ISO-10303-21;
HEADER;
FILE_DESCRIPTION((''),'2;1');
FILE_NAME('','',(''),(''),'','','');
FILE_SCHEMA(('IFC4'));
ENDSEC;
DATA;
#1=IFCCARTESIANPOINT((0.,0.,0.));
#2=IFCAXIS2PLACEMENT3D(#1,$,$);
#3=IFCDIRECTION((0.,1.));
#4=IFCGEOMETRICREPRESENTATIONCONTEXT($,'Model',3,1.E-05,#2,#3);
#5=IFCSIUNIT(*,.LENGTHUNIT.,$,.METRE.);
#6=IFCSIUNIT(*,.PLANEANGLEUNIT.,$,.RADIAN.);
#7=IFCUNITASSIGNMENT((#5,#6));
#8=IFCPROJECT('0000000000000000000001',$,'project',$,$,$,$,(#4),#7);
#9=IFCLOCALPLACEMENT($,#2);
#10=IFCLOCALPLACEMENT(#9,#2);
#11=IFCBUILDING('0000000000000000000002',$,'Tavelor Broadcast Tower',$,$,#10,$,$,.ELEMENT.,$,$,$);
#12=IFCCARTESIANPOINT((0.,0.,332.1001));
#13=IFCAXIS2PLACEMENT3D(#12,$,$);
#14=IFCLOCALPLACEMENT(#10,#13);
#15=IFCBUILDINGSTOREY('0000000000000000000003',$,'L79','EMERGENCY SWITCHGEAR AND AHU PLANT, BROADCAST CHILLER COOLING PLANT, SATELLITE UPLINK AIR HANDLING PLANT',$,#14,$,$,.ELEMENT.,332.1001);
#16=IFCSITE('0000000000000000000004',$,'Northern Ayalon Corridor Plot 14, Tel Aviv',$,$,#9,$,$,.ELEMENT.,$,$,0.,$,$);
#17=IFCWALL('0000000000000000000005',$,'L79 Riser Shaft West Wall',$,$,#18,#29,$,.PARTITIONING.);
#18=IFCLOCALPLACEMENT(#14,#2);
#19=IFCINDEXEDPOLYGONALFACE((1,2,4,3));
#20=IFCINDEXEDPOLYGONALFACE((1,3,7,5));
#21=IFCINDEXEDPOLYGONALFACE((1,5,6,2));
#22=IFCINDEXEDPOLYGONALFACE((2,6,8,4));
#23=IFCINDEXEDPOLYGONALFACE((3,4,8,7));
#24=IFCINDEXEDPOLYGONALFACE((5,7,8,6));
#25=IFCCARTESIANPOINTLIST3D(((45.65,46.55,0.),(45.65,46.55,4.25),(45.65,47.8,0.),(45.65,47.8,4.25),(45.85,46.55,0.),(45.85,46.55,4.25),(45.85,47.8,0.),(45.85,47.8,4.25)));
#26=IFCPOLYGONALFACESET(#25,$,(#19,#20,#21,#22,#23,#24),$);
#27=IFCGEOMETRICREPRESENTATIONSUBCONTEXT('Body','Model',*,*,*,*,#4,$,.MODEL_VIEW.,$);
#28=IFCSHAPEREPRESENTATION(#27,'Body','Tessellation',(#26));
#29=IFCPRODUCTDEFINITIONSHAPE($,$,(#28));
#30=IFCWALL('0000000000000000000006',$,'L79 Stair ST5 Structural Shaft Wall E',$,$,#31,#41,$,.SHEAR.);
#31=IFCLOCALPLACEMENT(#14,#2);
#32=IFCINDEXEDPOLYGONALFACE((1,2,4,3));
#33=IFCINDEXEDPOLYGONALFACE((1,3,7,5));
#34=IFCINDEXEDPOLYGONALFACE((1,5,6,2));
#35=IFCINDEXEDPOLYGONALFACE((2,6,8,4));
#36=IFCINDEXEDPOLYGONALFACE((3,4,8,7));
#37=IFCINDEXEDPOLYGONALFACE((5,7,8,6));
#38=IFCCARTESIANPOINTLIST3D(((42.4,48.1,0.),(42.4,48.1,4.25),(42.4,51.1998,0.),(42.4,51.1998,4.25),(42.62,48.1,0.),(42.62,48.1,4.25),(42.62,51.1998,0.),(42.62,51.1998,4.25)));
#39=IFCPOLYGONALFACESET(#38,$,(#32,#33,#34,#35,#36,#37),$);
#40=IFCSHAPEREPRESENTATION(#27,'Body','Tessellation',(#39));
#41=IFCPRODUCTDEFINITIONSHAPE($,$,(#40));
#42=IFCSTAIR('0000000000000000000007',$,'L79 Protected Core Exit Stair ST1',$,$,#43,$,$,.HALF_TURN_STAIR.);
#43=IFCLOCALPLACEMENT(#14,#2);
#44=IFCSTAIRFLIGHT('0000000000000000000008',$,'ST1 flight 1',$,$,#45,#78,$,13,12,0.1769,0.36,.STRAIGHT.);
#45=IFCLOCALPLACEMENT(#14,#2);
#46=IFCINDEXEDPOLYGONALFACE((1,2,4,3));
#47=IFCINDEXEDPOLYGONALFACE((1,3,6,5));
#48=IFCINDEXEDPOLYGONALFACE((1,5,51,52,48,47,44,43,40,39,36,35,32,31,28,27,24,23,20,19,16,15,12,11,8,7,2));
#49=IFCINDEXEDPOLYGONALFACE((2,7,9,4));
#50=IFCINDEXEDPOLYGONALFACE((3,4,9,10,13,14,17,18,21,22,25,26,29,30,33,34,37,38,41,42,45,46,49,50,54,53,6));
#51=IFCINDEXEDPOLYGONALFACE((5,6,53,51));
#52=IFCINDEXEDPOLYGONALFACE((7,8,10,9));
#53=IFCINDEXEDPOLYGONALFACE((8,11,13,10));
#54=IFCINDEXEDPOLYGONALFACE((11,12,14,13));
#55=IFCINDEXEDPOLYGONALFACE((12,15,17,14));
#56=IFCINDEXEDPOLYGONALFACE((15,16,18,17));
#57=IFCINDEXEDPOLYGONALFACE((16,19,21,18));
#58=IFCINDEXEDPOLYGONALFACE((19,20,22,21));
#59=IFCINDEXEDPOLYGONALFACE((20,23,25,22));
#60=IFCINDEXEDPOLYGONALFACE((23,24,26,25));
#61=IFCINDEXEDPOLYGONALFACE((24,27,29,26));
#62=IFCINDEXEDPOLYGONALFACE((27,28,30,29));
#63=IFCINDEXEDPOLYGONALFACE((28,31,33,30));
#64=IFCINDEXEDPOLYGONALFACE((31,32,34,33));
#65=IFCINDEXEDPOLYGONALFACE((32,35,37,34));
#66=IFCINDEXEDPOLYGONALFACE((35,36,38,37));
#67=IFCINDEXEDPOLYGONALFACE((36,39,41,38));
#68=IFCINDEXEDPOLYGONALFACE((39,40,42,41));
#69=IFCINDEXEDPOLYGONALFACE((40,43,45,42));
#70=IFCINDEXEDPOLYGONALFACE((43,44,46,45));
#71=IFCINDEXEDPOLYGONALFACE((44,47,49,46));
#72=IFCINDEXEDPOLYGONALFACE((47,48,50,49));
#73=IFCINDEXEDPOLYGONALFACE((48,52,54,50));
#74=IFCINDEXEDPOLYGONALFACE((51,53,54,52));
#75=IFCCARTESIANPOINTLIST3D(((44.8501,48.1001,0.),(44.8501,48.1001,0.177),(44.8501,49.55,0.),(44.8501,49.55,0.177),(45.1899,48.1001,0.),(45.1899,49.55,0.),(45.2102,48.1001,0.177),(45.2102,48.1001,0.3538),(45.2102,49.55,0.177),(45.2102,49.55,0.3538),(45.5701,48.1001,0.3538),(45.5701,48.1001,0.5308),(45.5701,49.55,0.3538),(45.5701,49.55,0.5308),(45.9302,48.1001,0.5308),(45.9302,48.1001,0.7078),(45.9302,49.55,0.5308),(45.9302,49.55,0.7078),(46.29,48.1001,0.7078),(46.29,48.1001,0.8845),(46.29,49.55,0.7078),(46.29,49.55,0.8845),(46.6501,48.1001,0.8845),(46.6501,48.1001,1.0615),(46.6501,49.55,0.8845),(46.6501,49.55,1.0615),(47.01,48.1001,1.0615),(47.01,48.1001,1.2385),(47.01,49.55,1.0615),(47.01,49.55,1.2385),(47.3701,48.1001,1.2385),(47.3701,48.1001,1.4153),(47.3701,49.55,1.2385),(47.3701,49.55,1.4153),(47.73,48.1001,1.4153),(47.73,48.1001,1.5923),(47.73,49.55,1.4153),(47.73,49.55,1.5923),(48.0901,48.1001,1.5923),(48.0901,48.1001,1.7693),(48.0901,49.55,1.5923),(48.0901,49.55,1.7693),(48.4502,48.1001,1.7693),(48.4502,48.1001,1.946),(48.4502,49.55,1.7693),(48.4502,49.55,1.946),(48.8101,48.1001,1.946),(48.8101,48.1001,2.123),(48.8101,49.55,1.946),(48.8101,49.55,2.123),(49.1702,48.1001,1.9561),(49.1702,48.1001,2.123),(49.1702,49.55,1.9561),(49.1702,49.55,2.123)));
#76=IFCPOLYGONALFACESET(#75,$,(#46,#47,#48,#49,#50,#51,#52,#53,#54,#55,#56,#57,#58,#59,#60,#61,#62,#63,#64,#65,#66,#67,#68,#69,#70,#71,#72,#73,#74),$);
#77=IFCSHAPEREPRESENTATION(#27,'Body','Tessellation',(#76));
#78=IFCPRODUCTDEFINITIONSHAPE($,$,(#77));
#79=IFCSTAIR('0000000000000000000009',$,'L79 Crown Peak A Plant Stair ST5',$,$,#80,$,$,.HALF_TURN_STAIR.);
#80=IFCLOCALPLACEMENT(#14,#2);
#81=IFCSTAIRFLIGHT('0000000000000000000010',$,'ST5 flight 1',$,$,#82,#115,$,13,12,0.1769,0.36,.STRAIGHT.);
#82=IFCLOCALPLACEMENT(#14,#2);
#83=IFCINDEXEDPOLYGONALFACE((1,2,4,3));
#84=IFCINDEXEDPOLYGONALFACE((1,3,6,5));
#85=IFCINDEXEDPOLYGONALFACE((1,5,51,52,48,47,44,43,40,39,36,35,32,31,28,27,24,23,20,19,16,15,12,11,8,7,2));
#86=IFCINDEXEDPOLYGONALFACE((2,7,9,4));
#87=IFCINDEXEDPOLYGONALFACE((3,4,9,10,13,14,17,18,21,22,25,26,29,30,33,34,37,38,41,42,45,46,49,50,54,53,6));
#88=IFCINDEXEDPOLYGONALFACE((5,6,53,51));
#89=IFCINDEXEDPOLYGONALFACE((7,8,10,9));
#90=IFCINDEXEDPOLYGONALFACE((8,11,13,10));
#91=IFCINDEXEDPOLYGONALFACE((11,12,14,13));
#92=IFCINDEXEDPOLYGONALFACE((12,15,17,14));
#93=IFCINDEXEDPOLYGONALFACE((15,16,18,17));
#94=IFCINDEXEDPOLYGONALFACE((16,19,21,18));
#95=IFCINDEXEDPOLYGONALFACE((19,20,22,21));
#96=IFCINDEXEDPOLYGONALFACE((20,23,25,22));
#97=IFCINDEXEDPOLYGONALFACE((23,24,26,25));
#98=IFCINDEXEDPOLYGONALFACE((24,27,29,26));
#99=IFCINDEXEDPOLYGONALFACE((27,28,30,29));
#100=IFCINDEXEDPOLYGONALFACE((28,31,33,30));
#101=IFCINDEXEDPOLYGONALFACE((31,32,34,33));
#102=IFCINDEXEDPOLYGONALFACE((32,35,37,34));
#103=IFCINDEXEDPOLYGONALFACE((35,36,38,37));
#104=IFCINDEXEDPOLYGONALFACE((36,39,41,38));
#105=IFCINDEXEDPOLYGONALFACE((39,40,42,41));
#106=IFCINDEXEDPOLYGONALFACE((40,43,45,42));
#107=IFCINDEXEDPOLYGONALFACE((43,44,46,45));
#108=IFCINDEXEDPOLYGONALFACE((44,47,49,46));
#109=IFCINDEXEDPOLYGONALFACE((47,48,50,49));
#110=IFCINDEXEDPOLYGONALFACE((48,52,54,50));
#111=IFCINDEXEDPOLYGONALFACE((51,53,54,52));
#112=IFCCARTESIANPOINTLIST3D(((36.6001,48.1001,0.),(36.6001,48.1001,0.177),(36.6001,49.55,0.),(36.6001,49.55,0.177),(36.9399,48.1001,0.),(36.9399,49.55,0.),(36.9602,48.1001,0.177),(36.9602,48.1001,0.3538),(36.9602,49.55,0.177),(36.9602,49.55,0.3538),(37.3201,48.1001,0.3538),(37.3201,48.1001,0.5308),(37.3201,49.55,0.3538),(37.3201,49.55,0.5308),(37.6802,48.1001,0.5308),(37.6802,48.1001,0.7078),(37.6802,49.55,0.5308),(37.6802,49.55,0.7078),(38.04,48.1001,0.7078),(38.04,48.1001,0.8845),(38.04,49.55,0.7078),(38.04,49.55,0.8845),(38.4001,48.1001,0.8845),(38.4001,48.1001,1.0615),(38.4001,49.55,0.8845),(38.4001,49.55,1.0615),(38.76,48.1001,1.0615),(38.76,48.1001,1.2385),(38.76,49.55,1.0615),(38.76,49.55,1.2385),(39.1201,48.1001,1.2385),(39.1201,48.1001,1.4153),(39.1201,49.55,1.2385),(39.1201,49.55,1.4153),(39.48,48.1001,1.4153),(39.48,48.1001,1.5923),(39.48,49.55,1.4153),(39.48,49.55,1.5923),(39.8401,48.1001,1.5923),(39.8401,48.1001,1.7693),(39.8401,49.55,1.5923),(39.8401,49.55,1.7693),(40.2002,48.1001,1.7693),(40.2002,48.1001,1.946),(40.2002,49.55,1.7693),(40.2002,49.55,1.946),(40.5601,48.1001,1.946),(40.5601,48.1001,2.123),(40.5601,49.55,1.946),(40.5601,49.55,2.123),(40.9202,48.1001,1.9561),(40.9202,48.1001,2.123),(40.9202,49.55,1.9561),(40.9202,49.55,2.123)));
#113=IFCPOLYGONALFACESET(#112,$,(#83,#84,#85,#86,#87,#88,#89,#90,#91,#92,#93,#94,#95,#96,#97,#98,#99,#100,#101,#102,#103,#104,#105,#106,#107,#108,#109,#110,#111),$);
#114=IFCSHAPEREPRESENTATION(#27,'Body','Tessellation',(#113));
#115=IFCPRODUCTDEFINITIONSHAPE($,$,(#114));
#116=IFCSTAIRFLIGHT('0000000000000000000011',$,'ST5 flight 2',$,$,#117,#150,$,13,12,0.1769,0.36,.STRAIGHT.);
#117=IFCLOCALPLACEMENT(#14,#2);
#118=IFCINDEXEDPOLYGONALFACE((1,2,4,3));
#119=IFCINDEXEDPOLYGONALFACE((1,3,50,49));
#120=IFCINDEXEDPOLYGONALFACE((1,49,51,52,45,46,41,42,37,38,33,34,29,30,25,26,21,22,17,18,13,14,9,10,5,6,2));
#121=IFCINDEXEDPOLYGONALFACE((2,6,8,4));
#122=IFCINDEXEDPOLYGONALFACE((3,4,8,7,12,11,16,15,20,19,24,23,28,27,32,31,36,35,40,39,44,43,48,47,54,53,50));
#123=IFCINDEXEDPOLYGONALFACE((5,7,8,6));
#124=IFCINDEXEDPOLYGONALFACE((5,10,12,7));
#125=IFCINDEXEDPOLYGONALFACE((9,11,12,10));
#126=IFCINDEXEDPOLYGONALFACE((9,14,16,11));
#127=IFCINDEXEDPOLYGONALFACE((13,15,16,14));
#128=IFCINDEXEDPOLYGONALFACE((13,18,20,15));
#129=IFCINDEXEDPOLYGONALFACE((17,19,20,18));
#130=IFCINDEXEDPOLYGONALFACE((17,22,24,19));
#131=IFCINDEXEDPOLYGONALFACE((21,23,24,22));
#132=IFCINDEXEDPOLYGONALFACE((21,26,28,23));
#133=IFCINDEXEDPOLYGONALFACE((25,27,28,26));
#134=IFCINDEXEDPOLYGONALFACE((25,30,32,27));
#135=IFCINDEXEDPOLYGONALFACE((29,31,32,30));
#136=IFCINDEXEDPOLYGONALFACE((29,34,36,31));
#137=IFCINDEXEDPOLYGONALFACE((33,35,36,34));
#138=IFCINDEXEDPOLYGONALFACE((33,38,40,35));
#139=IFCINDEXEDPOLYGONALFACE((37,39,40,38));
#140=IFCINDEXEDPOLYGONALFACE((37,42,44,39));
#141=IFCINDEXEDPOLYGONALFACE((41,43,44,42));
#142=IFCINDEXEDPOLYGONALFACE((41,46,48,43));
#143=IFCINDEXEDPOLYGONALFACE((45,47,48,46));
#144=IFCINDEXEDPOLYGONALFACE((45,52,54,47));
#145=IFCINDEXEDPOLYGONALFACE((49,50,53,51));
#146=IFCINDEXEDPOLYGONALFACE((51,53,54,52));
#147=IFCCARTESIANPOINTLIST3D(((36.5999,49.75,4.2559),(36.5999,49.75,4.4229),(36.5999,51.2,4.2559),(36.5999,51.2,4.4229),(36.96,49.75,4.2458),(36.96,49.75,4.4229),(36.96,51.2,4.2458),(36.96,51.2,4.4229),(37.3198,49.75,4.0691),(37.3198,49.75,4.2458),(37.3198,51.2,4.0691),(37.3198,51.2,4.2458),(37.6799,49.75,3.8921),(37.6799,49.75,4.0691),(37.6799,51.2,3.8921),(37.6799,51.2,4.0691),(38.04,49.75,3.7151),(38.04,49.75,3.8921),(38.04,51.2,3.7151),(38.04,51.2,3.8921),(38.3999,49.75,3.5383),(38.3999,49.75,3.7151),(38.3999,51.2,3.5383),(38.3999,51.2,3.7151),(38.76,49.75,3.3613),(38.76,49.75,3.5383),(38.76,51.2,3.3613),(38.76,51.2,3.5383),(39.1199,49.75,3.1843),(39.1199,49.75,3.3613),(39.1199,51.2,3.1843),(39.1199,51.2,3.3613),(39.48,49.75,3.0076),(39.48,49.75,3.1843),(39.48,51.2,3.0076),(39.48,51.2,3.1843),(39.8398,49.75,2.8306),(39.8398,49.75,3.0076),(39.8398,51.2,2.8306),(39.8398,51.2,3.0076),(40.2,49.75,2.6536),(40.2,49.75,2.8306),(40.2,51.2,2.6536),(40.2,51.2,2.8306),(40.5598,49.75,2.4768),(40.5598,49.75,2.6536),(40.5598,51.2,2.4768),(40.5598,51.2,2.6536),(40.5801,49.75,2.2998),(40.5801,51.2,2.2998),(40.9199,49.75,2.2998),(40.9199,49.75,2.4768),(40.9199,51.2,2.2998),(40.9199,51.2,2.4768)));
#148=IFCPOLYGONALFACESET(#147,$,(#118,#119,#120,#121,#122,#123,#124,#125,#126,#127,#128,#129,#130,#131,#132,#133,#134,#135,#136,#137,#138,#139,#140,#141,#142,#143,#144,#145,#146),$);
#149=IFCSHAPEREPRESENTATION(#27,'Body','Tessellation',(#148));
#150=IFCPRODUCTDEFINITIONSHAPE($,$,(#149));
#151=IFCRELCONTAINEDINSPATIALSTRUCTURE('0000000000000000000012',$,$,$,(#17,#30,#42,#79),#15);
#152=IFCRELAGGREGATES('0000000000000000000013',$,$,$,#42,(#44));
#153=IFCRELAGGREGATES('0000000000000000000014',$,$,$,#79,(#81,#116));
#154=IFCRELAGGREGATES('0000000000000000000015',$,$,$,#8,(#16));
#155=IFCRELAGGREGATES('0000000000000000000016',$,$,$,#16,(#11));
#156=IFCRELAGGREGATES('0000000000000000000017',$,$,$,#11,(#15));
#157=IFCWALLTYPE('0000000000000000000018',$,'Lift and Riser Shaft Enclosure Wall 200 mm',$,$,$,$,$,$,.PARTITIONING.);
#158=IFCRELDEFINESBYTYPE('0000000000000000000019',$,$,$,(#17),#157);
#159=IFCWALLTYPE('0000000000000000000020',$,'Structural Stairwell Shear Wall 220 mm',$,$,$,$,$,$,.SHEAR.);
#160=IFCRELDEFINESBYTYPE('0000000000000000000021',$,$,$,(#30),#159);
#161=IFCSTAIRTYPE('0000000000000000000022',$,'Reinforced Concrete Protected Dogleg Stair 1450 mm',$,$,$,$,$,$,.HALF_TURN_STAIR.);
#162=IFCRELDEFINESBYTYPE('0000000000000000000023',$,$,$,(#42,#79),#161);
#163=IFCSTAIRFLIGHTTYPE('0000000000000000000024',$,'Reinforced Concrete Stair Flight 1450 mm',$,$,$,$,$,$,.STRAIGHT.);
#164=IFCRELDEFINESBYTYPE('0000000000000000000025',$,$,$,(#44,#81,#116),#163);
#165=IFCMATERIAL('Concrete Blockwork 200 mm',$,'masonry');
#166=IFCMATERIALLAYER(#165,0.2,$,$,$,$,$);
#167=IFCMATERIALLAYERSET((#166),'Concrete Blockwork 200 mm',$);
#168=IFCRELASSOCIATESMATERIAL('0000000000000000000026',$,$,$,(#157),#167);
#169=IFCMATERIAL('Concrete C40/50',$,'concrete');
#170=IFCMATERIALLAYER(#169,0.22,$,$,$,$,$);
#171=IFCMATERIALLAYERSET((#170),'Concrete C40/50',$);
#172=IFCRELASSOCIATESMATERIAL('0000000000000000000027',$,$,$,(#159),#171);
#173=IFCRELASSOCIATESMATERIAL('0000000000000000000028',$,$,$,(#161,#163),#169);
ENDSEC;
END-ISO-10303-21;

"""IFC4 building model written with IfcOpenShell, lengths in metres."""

from ifc_helpers import new_model, si_unit, direction, frame, frame_2d, origin, place, context, subcontext, project, spatial, polyline, rectangle, outline, extrude, material, layer, layer_set, type_object, element, aggregate, save


model = new_model("IFC4")

# Units and contexts
model_context = context("Model", 3, precision=1e-05, world=origin(), true_north=direction((0.0, 1.0)))
body_context = subcontext(model_context, "Body", "Model", "MODEL_VIEW")
ifc_project = project(units=[si_unit("LENGTHUNIT", "METRE"), si_unit("PLANEANGLEUNIT", "RADIAN")], contexts=[model_context])

# Site, building, storey
site_placement = place(None, origin())
site = spatial("IfcSite", under=ifc_project, at=site_placement, Name="Northern Ayalon Corridor Plot 14, Tel Aviv", CompositionType="ELEMENT", RefElevation=0.0)
building_placement = place(site_placement, origin())
building = spatial("IfcBuilding", under=site, at=building_placement, Name="Tavelor Broadcast Tower", CompositionType="ELEMENT")
storey_placement = place(building_placement, frame((0.0, 0.0, 332.1001)))
storey = spatial("IfcBuildingStorey", under=building, at=storey_placement, Name="L79", Description="EMERGENCY SWITCHGEAR AND AHU PLANT, BROADCAST CHILLER COOLING PLANT, SATELLITE UPLINK AIR HANDLING PLANT", CompositionType="ELEMENT", Elevation=332.1001)

# Shared definitions
ifc_material_1 = material(Name="Concrete C40/50", Category="concrete")

# Walls
ifc_material_2 = material(Name="Concrete Blockwork 200 mm", Category="masonry")
ifc_layer_1 = layer(ifc_material_2, 0.2)
ifc_layer_set_1 = layer_set([ifc_layer_1], Name="Concrete Blockwork 200 mm")
wall_type_1 = type_object("IfcWallType", Name="Lift and Riser Shaft Enclosure Wall 200 mm", PredefinedType="PARTITIONING", material=ifc_layer_set_1)
wall_1_placement = place(storey_placement, frame((45.75, 46.55, 0.0), z_axis=(0.0, 0.0, 1.0), x_axis=(0.0, 1.0, 0.0)))
element("IfcWall", 1, at=wall_1_placement, inside=storey, type_object=wall_type_1, Name="L79 Riser Shaft West Wall", PredefinedType="PARTITIONING", context=body_context, shape_type="SweptSolid", body=[
    extrude(rectangle(XDim=1.25, YDim=0.2, at=frame_2d((0.625, 0.0))), origin(), (0.0, 0.0, 1.0), 4.25),
])
ifc_layer_2 = layer(ifc_material_1, 0.22)
ifc_layer_set_2 = layer_set([ifc_layer_2], Name="Concrete C40/50")
wall_type_2 = type_object("IfcWallType", Name="Structural Stairwell Shear Wall 220 mm", PredefinedType="SHEAR", material=ifc_layer_set_2)
wall_2_placement = place(storey_placement, frame((42.51, 48.1001, 0.0), z_axis=(0.0, 0.0, 1.0), x_axis=(0.0, 1.0, 0.0)))
element("IfcWall", 2, at=wall_2_placement, inside=storey, type_object=wall_type_2, Name="L79 Stair ST5 Structural Shaft Wall E", PredefinedType="SHEAR", context=body_context, shape_type="SweptSolid", body=[
    extrude(rectangle(XDim=3.0999, YDim=0.22, at=frame_2d((1.5498, 0.0))), origin(), (0.0, 0.0, 1.0), 4.25),
])

# Stair, stair flight
stair_type = type_object("IfcStairType", Name="Reinforced Concrete Protected Dogleg Stair 1450 mm", PredefinedType="HALF_TURN_STAIR", material=ifc_material_1)
stair_1_placement = place(storey_placement, origin())
stair_1 = element("IfcStair", 3, at=stair_1_placement, inside=storey, type_object=stair_type, Name="L79 Protected Core Exit Stair ST1", PredefinedType="HALF_TURN_STAIR")
stair_flight_type = type_object("IfcStairFlightType", Name="Reinforced Concrete Stair Flight 1450 mm", PredefinedType="STRAIGHT", material=ifc_material_1)
stair_flight_1_placement = place(storey_placement, frame((44.8501, 48.825, 0.0), z_axis=(0.0, 0.0, 1.0), x_axis=(1.0, 0.0, 0.0)))
stair_flight_1 = element("IfcStairFlight", 4, at=stair_flight_1_placement, type_object=stair_flight_type, Name="ST1 flight 1", NumberOfRisers=13, NumberOfTreads=12, PredefinedType="STRAIGHT", RiserHeight=0.1769, TreadLength=0.36, context=body_context, shape_type="SweptSolid", body=[
    extrude(outline(polyline([(0.0, 0.0), (0.0, 0.177), (0.3601, 0.177), (0.3601, 0.3538), (0.72, 0.3538), (0.72, 0.5308), (1.0801, 0.5308), (1.0801, 0.7078), (1.4399, 0.7078), (1.4399, 0.8845), (1.8, 0.8845), (1.8, 1.0615), (2.1599, 1.0615), (2.1599, 1.2385), (2.52, 1.2385), (2.52, 1.4153), (2.8799, 1.4153), (2.8799, 1.5923), (3.24, 1.5923), (3.24, 1.7693), (3.6001, 1.7693), (3.6001, 1.946), (3.96, 1.946), (3.96, 2.123), (4.3201, 2.123), (4.3201, 2.3), (4.3201, 1.9561), (0.3398, 0.0), (0.0, 0.0)])), frame((0.0, 0.7251, 0.0), z_axis=(0.0, -1.0, 0.0), x_axis=(1.0, 0.0, 0.0)), (0.0, 0.0, 1.0), 1.45),
])
aggregate(stair_1, [stair_flight_1])

# Stair, stair flights
stair_2_placement = place(storey_placement, origin())
stair_2 = element("IfcStair", 5, at=stair_2_placement, inside=storey, type_object=stair_type, Name="L79 Crown Peak A Plant Stair ST5", PredefinedType="HALF_TURN_STAIR")
stair_flight_2_placement = place(storey_placement, frame((36.6001, 48.825, 0.0), z_axis=(0.0, 0.0, 1.0), x_axis=(1.0, 0.0, 0.0)))
stair_flight_2 = element("IfcStairFlight", 6, at=stair_flight_2_placement, type_object=stair_flight_type, Name="ST5 flight 1", NumberOfRisers=13, NumberOfTreads=12, PredefinedType="STRAIGHT", RiserHeight=0.1769, TreadLength=0.36, context=body_context, shape_type="SweptSolid", body=[
    extrude(outline(polyline([(0.0, 0.0), (0.0, 0.177), (0.3601, 0.177), (0.3601, 0.3538), (0.72, 0.3538), (0.72, 0.5308), (1.0801, 0.5308), (1.0801, 0.7078), (1.4399, 0.7078), (1.4399, 0.8845), (1.8, 0.8845), (1.8, 1.0615), (2.1599, 1.0615), (2.1599, 1.2385), (2.52, 1.2385), (2.52, 1.4153), (2.8799, 1.4153), (2.8799, 1.5923), (3.24, 1.5923), (3.24, 1.7693), (3.6001, 1.7693), (3.6001, 1.946), (3.96, 1.946), (3.96, 2.123), (4.3201, 2.123), (4.3201, 2.3), (4.3201, 1.9561), (0.3398, 0.0), (0.0, 0.0)])), frame((0.0, 0.7251, 0.0), z_axis=(0.0, -1.0, 0.0), x_axis=(1.0, 0.0, 0.0)), (0.0, 0.0, 1.0), 1.45),
])
stair_flight_3_placement = place(storey_placement, frame((40.9199, 50.4751, 2.2998), z_axis=(0.0, 0.0, 1.0), x_axis=(-1.0, 0.0, 0.0)))
stair_flight_3 = element("IfcStairFlight", 7, at=stair_flight_3_placement, type_object=stair_flight_type, Name="ST5 flight 2", NumberOfRisers=13, NumberOfTreads=12, PredefinedType="STRAIGHT", RiserHeight=0.1769, TreadLength=0.36, context=body_context, shape_type="SweptSolid", body=[
    extrude(outline(polyline([(0.0, 0.0), (0.0, 0.177), (0.3601, 0.177), (0.3601, 0.3538), (0.72, 0.3538), (0.72, 0.5308), (1.0801, 0.5308), (1.0801, 0.7078), (1.4399, 0.7078), (1.4399, 0.8845), (1.8, 0.8845), (1.8, 1.0615), (2.1599, 1.0615), (2.1599, 1.2385), (2.52, 1.2385), (2.52, 1.4153), (2.8799, 1.4153), (2.8799, 1.5923), (3.24, 1.5923), (3.24, 1.7693), (3.6001, 1.7693), (3.6001, 1.946), (3.96, 1.946), (3.96, 2.123), (4.3201, 2.123), (4.3201, 2.3), (4.3201, 1.9561), (0.3398, 0.0), (0.0, 0.0)])), frame((0.0, 0.7251, 0.0), z_axis=(0.0, -1.0, 0.0), x_axis=(1.0, 0.0, 0.0)), (0.0, 0.0, 1.0), 1.45),
])
aggregate(stair_2, [stair_flight_2, stair_flight_3])

save(model, "model.ifc")
